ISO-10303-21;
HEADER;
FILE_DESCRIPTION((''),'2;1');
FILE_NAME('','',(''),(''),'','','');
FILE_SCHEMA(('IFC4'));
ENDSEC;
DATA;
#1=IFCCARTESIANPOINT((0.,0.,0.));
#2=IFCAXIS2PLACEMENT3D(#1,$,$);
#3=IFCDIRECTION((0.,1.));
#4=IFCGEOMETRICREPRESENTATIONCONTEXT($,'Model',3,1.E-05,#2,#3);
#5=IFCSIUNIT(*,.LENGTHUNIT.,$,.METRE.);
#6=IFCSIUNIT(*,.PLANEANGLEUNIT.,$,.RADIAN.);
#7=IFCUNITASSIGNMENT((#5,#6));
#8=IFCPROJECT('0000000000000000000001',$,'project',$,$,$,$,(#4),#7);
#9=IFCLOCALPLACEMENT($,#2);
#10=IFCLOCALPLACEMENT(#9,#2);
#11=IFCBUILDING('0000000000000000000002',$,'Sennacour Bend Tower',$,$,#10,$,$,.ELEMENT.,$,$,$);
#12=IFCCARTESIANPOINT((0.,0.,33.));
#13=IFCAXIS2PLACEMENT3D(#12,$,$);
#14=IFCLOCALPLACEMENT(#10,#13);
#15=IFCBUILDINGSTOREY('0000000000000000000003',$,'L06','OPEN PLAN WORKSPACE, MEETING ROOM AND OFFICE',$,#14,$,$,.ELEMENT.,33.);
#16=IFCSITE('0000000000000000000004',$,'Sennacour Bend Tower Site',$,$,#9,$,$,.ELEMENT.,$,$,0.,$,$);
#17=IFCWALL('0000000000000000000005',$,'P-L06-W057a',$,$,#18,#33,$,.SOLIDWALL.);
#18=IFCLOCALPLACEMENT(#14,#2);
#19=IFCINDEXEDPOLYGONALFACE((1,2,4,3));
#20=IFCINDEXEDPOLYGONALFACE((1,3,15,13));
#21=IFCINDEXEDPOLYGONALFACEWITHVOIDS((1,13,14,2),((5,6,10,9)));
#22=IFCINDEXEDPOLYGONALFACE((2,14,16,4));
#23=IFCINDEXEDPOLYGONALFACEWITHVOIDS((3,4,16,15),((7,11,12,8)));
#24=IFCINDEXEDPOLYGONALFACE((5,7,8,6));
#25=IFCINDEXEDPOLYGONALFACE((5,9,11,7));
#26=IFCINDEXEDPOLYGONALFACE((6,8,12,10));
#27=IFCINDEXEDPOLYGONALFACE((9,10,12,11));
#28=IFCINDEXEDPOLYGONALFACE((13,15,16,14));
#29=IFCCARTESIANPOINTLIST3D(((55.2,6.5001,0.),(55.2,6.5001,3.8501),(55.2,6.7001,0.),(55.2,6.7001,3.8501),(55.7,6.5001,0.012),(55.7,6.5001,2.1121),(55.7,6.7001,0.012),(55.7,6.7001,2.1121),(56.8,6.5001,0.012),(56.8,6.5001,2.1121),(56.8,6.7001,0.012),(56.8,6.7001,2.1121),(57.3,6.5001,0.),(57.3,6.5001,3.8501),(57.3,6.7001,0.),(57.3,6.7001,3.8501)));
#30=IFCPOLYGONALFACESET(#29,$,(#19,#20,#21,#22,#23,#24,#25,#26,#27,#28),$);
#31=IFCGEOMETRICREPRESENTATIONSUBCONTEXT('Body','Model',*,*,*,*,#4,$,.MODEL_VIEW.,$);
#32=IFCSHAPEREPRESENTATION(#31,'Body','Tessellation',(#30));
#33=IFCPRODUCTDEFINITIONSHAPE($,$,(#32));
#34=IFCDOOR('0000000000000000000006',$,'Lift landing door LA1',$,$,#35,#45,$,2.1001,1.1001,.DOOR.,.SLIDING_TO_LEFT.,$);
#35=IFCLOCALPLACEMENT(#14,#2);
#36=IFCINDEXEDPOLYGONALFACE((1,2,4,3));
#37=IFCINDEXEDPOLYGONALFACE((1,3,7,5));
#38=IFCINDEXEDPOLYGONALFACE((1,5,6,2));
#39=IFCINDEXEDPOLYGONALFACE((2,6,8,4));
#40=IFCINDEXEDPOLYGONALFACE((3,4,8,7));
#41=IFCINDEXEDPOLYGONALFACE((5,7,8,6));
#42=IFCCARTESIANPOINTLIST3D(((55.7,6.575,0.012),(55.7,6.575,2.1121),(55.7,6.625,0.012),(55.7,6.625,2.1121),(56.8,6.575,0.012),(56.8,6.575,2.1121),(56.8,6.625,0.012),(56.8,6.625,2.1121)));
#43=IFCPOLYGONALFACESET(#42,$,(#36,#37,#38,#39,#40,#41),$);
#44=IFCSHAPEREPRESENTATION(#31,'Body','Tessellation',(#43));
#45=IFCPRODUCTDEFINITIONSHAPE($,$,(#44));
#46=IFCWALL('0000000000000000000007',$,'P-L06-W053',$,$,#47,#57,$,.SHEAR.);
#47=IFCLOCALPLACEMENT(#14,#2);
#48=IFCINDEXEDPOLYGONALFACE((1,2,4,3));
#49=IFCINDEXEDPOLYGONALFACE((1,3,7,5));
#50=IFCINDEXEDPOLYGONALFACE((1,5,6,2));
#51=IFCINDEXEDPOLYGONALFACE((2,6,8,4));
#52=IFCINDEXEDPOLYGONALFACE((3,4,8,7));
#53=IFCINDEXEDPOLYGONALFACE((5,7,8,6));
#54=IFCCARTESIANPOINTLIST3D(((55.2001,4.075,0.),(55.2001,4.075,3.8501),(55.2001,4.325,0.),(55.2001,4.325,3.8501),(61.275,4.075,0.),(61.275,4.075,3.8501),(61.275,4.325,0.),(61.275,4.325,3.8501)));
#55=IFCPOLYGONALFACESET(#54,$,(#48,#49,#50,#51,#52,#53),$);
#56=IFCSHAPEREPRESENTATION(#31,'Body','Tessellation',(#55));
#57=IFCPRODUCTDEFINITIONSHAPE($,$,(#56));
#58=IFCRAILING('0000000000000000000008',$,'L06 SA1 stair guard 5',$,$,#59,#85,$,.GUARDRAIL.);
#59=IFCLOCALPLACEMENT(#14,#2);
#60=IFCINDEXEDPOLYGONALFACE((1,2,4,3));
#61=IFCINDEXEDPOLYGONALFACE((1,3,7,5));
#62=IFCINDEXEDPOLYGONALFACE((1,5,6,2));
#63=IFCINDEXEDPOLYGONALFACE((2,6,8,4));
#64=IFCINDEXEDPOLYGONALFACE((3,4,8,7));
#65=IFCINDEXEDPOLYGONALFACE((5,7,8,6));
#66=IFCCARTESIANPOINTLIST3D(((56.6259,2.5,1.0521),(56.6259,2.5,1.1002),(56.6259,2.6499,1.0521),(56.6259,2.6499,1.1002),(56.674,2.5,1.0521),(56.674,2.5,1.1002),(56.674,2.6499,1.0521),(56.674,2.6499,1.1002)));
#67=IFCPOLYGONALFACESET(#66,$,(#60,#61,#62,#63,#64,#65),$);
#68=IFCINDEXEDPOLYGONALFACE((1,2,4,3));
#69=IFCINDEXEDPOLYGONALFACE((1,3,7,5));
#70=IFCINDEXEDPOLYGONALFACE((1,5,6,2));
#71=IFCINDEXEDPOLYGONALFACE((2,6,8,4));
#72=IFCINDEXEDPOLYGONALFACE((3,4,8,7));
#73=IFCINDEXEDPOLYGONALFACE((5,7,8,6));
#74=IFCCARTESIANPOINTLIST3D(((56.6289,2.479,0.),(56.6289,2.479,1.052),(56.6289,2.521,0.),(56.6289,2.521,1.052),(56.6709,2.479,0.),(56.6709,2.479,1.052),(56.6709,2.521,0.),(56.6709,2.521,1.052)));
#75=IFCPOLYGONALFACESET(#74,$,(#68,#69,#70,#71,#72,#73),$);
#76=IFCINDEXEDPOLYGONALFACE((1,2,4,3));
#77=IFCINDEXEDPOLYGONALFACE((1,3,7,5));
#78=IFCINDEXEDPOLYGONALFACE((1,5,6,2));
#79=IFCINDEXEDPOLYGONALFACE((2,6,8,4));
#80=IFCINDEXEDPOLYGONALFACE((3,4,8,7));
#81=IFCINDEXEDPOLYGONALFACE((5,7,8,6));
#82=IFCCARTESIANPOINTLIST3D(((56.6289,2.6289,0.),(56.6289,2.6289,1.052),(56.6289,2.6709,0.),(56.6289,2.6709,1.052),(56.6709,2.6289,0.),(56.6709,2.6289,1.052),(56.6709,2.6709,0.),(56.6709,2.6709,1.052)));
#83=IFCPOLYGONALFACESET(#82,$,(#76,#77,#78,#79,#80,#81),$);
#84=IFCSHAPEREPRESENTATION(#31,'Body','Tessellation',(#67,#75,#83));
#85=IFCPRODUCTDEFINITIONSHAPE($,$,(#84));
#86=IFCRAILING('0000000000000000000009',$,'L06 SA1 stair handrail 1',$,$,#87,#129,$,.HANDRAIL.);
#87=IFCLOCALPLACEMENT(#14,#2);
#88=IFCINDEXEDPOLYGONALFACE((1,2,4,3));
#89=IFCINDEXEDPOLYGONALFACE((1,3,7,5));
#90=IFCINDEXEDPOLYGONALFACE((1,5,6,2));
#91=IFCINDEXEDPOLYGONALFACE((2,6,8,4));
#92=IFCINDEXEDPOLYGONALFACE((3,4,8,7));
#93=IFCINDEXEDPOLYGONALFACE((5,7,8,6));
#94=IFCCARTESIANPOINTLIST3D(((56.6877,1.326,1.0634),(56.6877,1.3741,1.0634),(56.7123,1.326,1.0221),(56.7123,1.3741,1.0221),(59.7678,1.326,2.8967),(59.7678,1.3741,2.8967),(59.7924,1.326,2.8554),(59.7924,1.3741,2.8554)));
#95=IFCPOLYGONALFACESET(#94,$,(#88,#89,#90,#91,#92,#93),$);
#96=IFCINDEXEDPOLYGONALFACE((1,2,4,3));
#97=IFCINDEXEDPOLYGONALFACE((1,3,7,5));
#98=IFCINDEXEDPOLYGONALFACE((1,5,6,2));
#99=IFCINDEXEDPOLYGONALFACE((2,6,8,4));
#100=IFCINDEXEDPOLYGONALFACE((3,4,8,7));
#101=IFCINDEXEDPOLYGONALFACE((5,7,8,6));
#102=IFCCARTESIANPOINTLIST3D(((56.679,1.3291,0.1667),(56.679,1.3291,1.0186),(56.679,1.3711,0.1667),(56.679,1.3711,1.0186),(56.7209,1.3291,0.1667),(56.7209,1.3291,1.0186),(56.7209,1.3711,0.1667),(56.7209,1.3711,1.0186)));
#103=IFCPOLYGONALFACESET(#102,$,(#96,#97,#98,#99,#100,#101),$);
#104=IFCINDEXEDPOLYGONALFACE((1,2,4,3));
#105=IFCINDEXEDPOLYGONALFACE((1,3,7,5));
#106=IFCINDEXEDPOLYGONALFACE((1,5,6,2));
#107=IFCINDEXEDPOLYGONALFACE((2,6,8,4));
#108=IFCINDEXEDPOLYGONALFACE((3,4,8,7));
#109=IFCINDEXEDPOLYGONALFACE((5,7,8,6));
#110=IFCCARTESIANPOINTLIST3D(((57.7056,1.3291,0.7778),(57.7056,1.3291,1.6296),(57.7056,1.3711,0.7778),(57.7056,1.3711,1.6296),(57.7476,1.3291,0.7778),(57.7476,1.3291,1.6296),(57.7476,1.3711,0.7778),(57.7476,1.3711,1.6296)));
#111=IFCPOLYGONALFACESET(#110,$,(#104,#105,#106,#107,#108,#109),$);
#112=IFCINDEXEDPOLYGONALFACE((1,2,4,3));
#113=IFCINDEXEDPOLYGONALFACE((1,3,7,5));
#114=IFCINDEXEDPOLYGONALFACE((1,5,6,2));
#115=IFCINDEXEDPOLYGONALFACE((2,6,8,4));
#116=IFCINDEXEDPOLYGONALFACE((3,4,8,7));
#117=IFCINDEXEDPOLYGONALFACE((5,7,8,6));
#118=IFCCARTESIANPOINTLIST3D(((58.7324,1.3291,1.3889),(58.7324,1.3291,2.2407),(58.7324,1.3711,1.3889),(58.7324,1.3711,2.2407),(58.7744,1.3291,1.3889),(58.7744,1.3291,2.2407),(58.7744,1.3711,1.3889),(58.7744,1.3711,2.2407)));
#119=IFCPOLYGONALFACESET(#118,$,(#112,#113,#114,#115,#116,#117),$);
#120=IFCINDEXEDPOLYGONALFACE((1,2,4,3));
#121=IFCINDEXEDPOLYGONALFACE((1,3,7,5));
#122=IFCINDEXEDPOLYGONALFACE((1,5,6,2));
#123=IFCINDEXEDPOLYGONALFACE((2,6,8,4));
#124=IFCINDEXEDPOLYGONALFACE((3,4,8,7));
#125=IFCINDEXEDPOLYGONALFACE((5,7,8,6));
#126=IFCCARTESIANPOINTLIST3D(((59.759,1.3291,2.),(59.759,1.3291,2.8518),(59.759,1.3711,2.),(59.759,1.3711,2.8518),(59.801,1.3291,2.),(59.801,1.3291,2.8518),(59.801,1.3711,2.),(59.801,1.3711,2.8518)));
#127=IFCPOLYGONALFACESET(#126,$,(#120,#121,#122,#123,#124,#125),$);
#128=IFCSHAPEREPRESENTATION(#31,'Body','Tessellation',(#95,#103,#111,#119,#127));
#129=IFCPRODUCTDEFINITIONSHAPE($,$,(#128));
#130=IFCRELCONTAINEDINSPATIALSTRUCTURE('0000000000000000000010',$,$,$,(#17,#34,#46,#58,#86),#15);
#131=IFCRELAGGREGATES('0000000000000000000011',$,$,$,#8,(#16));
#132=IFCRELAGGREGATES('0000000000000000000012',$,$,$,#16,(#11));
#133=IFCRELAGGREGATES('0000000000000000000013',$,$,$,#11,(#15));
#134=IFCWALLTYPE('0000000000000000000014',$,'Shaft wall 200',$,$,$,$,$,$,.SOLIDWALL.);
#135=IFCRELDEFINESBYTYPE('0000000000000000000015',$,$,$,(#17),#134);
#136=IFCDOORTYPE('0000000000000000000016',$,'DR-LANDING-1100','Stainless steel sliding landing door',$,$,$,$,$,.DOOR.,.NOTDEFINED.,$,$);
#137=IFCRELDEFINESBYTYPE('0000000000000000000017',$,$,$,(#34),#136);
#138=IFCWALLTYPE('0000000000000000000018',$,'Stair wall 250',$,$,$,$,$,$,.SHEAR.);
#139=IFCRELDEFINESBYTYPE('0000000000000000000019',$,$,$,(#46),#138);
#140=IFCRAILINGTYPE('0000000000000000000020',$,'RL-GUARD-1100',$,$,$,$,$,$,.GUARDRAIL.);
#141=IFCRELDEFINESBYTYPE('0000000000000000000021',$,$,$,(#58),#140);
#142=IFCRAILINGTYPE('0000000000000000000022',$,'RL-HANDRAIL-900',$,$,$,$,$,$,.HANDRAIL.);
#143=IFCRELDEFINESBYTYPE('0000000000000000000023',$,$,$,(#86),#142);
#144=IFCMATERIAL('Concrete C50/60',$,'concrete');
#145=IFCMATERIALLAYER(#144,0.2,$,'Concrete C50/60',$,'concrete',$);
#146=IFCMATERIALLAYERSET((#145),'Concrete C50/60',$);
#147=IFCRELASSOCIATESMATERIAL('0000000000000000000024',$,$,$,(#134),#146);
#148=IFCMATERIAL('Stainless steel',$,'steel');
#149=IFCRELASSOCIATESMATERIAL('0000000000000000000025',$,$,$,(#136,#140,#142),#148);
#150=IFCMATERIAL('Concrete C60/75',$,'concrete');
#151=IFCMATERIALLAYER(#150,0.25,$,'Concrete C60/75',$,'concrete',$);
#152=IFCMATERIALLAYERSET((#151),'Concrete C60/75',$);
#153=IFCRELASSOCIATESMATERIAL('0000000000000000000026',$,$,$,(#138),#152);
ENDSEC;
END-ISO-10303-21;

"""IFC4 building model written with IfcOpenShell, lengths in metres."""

from ifc_helpers import new_model, si_unit, direction, frame, frame_2d, origin, origin_2d, place, context, subcontext, project, spatial, rectangle, extrude, material, layer, layer_set, type_object, element, fill, save


model = new_model("IFC4")

# Units and contexts
model_context = context("Model", 3, precision=1e-05, world=origin(), true_north=direction((0.0, 1.0)))
body_context = subcontext(model_context, "Body", "Model", "MODEL_VIEW")
ifc_project = project(units=[si_unit("LENGTHUNIT", "METRE"), si_unit("PLANEANGLEUNIT", "RADIAN")], contexts=[model_context])

# Site, building, storey
site_placement = place(None, origin())
site = spatial("IfcSite", under=ifc_project, at=site_placement, Name="Sennacour Bend Tower Site", CompositionType="ELEMENT", RefElevation=0.0)
building_placement = place(site_placement, origin())
building = spatial("IfcBuilding", under=site, at=building_placement, Name="Sennacour Bend Tower", CompositionType="ELEMENT")
storey_placement = place(building_placement, frame((0.0, 0.0, 33.0)))
storey = spatial("IfcBuildingStorey", under=building, at=storey_placement, Name="L06", Description="OPEN PLAN WORKSPACE, MEETING ROOM AND OFFICE", CompositionType="ELEMENT", Elevation=33.0)

# Wall, opening, door
ifc_material_1 = material(Name="Concrete C50/60", Category="concrete")
ifc_layer_1 = layer(ifc_material_1, 0.2, Name="Concrete C50/60", Category="concrete")
ifc_layer_set_1 = layer_set([ifc_layer_1], Name="Concrete C50/60")
wall_type_1 = type_object("IfcWallType", Name="Shaft wall 200", PredefinedType="SOLIDWALL", material=ifc_layer_set_1)
wall_1_placement = place(storey_placement, frame((55.2, 6.6001, 0.0), z_axis=(0.0, 0.0, 1.0), x_axis=(1.0, 0.0, 0.0)))
wall_1 = element("IfcWall", 1, at=wall_1_placement, inside=storey, type_object=wall_type_1, Name="P-L06-W057a", PredefinedType="SOLIDWALL", context=body_context, shape_type="SweptSolid", body=[
    extrude(rectangle(XDim=2.1001, YDim=0.2, at=frame_2d((1.05, 0.0))), origin(), (0.0, 0.0, 1.0), 3.8501),
])
opening_1_placement = place(wall_1_placement, frame((0.5, 0.0, 0.012)))
opening_1 = element("IfcOpeningElement", 2, at=opening_1_placement, cuts=wall_1, PredefinedType="OPENING", context=body_context, shape_type="SweptSolid", body=[
    extrude(rectangle(XDim=1.1001, YDim=2.1001, at=frame_2d((0.55, 1.05))), frame((0.0, 0.1099, 0.0), z_axis=(0.0, -1.0, 0.0), x_axis=(1.0, 0.0, 0.0)), (0.0, 0.0, 1.0), 0.22),
])
ifc_material_2 = material(Name="Stainless steel", Category="steel")
door_type_1 = type_object("IfcDoorType", Name="DR-LANDING-1100", Description="Stainless steel sliding landing door", OperationType="NOTDEFINED", PredefinedType="DOOR", material=ifc_material_2)
door_1_placement = place(opening_1_placement, origin())
door_1 = element("IfcDoor", 3, at=door_1_placement, inside=storey, type_object=door_type_1, Name="Lift landing door LA1", OperationType="SLIDING_TO_LEFT", OverallHeight=2.1001, OverallWidth=1.1001, PredefinedType="DOOR", context=body_context, shape_type="SweptSolid", body=[
    extrude(rectangle(XDim=1.1001, YDim=2.1001, at=frame_2d((0.55, 1.05))), frame((0.0, 0.0249, 0.0), z_axis=(0.0, -1.0, 0.0), x_axis=(1.0, 0.0, 0.0)), (0.0, 0.0, 1.0), 0.05),
])
fill(opening_1, door_1)

# Wall
ifc_material_3 = material(Name="Concrete C60/75", Category="concrete")
ifc_layer_2 = layer(ifc_material_3, 0.25, Name="Concrete C60/75", Category="concrete")
ifc_layer_set_2 = layer_set([ifc_layer_2], Name="Concrete C60/75")
wall_type_2 = type_object("IfcWallType", Name="Stair wall 250", PredefinedType="SHEAR", material=ifc_layer_set_2)
wall_2_placement = place(storey_placement, frame((55.2, 4.2, 0.0), z_axis=(0.0, 0.0, 1.0), x_axis=(1.0, 0.0, 0.0)))
element("IfcWall", 4, at=wall_2_placement, inside=storey, type_object=wall_type_2, Name="P-L06-W053", PredefinedType="SHEAR", context=body_context, shape_type="SweptSolid", body=[
    extrude(rectangle(XDim=6.075, YDim=0.25, at=frame_2d((3.0376, 0.0))), origin(), (0.0, 0.0, 1.0), 3.8501),
])

# Railings
railing_type_1 = type_object("IfcRailingType", Name="RL-GUARD-1100", PredefinedType="GUARDRAIL", material=ifc_material_2)
railing_1_placement = place(storey_placement, frame((56.6499, 2.5, 0.0)))
element("IfcRailing", 5, at=railing_1_placement, inside=storey, type_object=railing_type_1, Name="L06 SA1 stair guard 5", PredefinedType="GUARDRAIL", context=body_context, shape_type="SweptSolid", body=[
    extrude(rectangle(XDim=0.0481, YDim=0.0481, at=origin_2d()), frame((0.0, 0.0, 1.0762), z_axis=(0.0, 1.0, 0.0), x_axis=(-1.0, 0.0, 0.0)), (0.0, 0.0, 1.0), 0.1499),
    extrude(rectangle(XDim=0.042, YDim=0.042, at=origin_2d()), origin(), (0.0, 0.0, 1.0), 1.052),
    extrude(rectangle(XDim=0.042, YDim=0.042, at=origin_2d()), frame((0.0, 0.1499, 0.0)), (0.0, 0.0, 1.0), 1.052),
])
railing_type_2 = type_object("IfcRailingType", Name="RL-HANDRAIL-900", PredefinedType="HANDRAIL", material=ifc_material_2)
railing_2_placement = place(storey_placement, frame((56.7, 1.3501, 0.1667)))
element("IfcRailing", 6, at=railing_2_placement, inside=storey, type_object=railing_type_2, Name="L06 SA1 stair handrail 1", PredefinedType="HANDRAIL", context=body_context, shape_type="SweptSolid", body=[
    extrude(rectangle(XDim=0.0481, YDim=0.0481, at=origin_2d()), frame((0.0, 0.0, 0.876), z_axis=(0.859309, 0.0, 0.511458), x_axis=(0.0, 1.0, 0.0)), (0.0, 0.0, 1.0), 3.5845),
    extrude(rectangle(XDim=0.042, YDim=0.042, at=origin_2d()), origin(), (0.0, 0.0, 1.0), 0.8518),
    extrude(rectangle(XDim=0.042, YDim=0.042, at=origin_2d()), frame((1.0266, 0.0, 0.6111)), (0.0, 0.0, 1.0), 0.8518),
    extrude(rectangle(XDim=0.042, YDim=0.042, at=origin_2d()), frame((2.0535, 0.0, 1.2222)), (0.0, 0.0, 1.0), 0.8518),
    extrude(rectangle(XDim=0.042, YDim=0.042, at=origin_2d()), frame((3.0801, 0.0, 1.8333)), (0.0, 0.0, 1.0), 0.8518),
])

save(model, "model.ifc")
